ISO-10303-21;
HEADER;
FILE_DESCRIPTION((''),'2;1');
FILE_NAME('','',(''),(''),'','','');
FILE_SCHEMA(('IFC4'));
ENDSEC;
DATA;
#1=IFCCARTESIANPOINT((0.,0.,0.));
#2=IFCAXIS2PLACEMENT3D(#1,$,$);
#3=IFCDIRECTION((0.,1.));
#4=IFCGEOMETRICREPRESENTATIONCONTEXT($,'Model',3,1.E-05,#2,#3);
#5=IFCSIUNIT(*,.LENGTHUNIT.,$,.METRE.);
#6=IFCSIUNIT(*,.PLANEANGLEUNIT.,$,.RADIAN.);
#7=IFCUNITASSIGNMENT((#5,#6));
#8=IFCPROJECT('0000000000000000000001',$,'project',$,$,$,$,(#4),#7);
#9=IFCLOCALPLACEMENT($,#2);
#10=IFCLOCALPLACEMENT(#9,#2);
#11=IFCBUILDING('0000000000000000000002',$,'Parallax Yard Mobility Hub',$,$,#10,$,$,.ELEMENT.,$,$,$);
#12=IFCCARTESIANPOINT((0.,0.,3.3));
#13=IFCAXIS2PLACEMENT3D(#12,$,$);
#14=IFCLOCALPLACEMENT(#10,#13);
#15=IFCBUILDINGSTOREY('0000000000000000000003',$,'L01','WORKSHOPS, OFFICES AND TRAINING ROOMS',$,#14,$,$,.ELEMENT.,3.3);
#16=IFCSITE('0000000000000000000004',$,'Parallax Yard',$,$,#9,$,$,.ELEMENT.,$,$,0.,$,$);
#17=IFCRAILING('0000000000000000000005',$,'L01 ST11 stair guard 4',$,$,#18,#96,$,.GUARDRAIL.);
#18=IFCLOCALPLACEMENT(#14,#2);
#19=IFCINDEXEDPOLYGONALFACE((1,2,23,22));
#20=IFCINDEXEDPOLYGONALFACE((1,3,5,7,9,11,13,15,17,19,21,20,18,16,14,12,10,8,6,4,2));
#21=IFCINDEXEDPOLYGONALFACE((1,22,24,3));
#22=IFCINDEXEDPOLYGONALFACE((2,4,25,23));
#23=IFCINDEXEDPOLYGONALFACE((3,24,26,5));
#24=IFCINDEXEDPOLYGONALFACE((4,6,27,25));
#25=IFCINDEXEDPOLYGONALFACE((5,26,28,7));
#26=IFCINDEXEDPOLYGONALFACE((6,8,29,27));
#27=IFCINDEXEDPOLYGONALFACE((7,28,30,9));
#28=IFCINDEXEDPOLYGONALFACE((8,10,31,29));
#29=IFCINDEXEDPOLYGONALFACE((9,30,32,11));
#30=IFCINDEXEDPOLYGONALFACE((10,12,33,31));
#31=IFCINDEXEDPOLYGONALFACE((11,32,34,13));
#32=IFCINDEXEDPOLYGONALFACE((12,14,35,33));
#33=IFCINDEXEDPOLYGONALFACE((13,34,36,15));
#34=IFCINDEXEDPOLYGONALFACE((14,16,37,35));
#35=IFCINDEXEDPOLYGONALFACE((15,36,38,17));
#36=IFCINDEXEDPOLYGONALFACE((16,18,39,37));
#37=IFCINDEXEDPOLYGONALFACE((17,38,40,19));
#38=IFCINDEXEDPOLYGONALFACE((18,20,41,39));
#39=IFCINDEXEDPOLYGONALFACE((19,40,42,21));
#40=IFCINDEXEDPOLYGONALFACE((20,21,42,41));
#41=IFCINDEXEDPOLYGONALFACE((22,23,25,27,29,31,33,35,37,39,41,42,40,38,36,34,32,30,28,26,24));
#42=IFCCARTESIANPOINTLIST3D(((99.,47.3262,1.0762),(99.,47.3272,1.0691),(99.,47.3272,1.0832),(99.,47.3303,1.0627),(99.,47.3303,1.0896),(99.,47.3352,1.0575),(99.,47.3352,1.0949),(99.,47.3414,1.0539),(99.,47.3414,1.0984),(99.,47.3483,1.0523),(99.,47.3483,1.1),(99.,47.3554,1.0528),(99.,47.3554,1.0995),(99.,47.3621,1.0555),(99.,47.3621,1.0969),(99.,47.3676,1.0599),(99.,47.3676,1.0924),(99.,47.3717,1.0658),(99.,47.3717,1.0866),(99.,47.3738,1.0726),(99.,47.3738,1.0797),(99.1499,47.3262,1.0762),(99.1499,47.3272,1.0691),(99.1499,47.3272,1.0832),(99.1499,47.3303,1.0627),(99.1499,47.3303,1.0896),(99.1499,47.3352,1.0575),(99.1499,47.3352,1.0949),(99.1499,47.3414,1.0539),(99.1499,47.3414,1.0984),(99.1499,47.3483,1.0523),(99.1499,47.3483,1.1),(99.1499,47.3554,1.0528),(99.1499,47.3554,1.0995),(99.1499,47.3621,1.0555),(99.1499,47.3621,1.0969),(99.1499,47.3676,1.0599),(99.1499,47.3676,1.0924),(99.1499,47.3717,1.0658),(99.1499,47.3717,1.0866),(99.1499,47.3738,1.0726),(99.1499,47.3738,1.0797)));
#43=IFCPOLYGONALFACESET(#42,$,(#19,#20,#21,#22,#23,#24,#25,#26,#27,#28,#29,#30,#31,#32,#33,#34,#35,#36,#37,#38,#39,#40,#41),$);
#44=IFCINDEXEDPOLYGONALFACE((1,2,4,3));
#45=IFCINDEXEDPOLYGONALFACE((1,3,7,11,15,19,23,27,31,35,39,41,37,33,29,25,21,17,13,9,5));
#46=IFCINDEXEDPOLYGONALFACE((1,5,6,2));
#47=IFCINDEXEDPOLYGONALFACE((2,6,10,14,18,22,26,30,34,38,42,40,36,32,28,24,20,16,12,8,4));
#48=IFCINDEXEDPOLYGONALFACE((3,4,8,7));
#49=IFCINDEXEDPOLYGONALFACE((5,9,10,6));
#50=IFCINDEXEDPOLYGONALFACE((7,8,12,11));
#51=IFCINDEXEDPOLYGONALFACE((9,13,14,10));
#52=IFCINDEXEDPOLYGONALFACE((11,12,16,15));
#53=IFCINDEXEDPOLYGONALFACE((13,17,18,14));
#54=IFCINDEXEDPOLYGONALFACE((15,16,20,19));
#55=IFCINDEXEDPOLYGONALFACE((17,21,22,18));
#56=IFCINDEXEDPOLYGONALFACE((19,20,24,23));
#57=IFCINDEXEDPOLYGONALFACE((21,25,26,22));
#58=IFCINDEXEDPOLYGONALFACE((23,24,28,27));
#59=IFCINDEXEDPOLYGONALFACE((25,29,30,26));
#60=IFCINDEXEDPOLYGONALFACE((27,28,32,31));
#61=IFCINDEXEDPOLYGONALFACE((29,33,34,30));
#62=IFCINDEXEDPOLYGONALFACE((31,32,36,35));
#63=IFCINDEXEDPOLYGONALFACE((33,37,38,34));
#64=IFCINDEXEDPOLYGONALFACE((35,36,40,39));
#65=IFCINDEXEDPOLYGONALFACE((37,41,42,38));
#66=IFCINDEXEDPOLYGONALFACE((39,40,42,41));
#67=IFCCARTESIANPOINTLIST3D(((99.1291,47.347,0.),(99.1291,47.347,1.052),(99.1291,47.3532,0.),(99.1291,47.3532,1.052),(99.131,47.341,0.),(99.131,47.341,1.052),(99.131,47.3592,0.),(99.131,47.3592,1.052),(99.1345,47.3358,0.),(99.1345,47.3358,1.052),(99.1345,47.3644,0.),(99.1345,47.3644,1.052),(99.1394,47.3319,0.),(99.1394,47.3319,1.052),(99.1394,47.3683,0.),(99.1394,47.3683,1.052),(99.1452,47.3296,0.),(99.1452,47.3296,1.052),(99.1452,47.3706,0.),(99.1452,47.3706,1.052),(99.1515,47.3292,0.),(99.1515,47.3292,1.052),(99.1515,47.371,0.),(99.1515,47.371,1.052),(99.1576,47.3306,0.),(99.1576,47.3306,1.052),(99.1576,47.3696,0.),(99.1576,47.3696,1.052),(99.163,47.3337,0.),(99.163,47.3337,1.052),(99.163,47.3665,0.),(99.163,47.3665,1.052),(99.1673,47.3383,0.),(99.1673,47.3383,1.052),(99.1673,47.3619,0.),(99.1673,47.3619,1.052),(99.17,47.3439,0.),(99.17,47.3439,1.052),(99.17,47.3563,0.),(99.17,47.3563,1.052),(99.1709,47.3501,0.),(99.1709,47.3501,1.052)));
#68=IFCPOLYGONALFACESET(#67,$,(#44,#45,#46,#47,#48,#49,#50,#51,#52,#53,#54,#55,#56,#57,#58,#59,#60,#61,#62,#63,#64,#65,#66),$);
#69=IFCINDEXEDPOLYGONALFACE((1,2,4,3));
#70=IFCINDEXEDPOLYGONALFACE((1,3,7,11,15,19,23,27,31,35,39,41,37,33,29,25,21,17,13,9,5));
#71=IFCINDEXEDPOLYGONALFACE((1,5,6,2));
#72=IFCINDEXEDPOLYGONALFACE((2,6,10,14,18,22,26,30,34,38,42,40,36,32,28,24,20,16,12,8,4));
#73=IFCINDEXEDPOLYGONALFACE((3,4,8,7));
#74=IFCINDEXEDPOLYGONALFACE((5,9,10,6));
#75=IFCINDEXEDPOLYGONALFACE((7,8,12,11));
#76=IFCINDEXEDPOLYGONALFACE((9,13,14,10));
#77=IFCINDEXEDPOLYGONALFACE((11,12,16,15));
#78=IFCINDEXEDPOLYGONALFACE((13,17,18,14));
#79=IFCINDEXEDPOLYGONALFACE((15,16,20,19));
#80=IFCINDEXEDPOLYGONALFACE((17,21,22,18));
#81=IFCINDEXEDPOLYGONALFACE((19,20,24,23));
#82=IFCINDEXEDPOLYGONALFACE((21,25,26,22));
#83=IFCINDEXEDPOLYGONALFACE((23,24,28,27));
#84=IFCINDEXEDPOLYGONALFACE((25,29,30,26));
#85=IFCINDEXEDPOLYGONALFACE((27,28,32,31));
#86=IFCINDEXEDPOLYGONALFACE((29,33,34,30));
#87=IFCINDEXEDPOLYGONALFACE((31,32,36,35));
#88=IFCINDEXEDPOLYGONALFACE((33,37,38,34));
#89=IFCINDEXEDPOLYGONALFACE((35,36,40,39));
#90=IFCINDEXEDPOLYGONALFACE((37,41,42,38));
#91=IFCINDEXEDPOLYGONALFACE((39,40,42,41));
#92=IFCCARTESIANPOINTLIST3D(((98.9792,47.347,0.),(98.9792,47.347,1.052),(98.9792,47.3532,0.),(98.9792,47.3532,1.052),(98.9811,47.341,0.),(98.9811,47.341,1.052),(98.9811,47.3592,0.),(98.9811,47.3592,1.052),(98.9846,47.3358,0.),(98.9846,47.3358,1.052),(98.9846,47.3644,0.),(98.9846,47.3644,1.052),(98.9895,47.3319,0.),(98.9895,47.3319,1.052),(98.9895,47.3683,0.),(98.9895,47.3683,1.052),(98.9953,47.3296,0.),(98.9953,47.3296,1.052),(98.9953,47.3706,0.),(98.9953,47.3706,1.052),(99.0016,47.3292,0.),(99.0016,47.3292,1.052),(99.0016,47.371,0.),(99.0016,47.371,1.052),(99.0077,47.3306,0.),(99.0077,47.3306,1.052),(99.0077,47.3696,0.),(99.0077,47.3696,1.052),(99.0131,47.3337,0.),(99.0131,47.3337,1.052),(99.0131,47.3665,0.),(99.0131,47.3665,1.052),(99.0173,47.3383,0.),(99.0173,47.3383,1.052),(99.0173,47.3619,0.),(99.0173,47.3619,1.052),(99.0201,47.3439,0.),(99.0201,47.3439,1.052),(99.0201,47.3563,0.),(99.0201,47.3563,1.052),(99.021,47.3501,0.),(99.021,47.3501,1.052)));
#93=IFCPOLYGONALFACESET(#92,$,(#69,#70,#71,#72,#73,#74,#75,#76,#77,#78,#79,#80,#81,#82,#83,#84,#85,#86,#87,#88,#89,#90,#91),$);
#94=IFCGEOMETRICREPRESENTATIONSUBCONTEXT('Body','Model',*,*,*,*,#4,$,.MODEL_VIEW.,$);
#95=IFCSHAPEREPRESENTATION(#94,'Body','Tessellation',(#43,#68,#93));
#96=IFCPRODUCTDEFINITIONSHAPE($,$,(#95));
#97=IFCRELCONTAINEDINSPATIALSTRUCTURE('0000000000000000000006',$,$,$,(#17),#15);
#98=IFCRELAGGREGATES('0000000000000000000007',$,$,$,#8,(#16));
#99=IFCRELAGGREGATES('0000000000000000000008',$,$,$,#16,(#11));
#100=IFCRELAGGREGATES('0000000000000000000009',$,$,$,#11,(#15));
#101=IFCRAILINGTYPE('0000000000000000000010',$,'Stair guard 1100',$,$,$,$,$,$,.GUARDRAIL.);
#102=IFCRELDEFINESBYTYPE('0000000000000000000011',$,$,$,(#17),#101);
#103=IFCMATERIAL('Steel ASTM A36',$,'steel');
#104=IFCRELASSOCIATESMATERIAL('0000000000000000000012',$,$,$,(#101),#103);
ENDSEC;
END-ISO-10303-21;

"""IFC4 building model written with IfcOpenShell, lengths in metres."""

from ifc_helpers import new_model, si_unit, direction, frame, origin, origin_2d, place, context, subcontext, project, spatial, circle, extrude, material, type_object, element, save


model = new_model("IFC4")

# Units and contexts
model_context = context("Model", 3, precision=1e-05, world=origin(), true_north=direction((0.0, 1.0)))
body_context = subcontext(model_context, "Body", "Model", "MODEL_VIEW")
ifc_project = project(units=[si_unit("LENGTHUNIT", "METRE"), si_unit("PLANEANGLEUNIT", "RADIAN")], contexts=[model_context])

# Site, building, storey
site_placement = place(None, origin())
site = spatial("IfcSite", under=ifc_project, at=site_placement, Name="Parallax Yard", CompositionType="ELEMENT", RefElevation=0.0)
building_placement = place(site_placement, origin())
building = spatial("IfcBuilding", under=site, at=building_placement, Name="Parallax Yard Mobility Hub", CompositionType="ELEMENT")
storey_placement = place(building_placement, frame((0.0, 0.0, 3.3)))
storey = spatial("IfcBuildingStorey", under=building, at=storey_placement, Name="L01", Description="WORKSHOPS, OFFICES AND TRAINING ROOMS", CompositionType="ELEMENT", Elevation=3.3)

# Railing
ifc_material_1 = material(Name="Steel ASTM A36", Category="steel")
railing_type_1 = type_object("IfcRailingType", Name="Stair guard 1100", PredefinedType="GUARDRAIL", material=ifc_material_1)
railing_1_placement = place(storey_placement, frame((99.1499, 47.3501, 0.0)))
element("IfcRailing", 1, at=railing_1_placement, inside=storey, type_object=railing_type_1, Name="L01 ST11 stair guard 4", PredefinedType="GUARDRAIL", context=body_context, shape_type="SweptSolid", body=[
    extrude(circle(Radius=0.0239, at=origin_2d()), frame((0.0, 0.0, 1.0762), z_axis=(-1.0, 0.0, 0.0), x_axis=(0.0, -1.0, 0.0)), (0.0, 0.0, 1.0), 0.1499),
    extrude(circle(Radius=0.021, at=origin_2d()), origin(), (0.0, 0.0, 1.0), 1.052),
    extrude(circle(Radius=0.021, at=origin_2d()), frame((-0.1499, 0.0, 0.0)), (0.0, 0.0, 1.0), 1.052),
])

save(model, "model.ifc")
